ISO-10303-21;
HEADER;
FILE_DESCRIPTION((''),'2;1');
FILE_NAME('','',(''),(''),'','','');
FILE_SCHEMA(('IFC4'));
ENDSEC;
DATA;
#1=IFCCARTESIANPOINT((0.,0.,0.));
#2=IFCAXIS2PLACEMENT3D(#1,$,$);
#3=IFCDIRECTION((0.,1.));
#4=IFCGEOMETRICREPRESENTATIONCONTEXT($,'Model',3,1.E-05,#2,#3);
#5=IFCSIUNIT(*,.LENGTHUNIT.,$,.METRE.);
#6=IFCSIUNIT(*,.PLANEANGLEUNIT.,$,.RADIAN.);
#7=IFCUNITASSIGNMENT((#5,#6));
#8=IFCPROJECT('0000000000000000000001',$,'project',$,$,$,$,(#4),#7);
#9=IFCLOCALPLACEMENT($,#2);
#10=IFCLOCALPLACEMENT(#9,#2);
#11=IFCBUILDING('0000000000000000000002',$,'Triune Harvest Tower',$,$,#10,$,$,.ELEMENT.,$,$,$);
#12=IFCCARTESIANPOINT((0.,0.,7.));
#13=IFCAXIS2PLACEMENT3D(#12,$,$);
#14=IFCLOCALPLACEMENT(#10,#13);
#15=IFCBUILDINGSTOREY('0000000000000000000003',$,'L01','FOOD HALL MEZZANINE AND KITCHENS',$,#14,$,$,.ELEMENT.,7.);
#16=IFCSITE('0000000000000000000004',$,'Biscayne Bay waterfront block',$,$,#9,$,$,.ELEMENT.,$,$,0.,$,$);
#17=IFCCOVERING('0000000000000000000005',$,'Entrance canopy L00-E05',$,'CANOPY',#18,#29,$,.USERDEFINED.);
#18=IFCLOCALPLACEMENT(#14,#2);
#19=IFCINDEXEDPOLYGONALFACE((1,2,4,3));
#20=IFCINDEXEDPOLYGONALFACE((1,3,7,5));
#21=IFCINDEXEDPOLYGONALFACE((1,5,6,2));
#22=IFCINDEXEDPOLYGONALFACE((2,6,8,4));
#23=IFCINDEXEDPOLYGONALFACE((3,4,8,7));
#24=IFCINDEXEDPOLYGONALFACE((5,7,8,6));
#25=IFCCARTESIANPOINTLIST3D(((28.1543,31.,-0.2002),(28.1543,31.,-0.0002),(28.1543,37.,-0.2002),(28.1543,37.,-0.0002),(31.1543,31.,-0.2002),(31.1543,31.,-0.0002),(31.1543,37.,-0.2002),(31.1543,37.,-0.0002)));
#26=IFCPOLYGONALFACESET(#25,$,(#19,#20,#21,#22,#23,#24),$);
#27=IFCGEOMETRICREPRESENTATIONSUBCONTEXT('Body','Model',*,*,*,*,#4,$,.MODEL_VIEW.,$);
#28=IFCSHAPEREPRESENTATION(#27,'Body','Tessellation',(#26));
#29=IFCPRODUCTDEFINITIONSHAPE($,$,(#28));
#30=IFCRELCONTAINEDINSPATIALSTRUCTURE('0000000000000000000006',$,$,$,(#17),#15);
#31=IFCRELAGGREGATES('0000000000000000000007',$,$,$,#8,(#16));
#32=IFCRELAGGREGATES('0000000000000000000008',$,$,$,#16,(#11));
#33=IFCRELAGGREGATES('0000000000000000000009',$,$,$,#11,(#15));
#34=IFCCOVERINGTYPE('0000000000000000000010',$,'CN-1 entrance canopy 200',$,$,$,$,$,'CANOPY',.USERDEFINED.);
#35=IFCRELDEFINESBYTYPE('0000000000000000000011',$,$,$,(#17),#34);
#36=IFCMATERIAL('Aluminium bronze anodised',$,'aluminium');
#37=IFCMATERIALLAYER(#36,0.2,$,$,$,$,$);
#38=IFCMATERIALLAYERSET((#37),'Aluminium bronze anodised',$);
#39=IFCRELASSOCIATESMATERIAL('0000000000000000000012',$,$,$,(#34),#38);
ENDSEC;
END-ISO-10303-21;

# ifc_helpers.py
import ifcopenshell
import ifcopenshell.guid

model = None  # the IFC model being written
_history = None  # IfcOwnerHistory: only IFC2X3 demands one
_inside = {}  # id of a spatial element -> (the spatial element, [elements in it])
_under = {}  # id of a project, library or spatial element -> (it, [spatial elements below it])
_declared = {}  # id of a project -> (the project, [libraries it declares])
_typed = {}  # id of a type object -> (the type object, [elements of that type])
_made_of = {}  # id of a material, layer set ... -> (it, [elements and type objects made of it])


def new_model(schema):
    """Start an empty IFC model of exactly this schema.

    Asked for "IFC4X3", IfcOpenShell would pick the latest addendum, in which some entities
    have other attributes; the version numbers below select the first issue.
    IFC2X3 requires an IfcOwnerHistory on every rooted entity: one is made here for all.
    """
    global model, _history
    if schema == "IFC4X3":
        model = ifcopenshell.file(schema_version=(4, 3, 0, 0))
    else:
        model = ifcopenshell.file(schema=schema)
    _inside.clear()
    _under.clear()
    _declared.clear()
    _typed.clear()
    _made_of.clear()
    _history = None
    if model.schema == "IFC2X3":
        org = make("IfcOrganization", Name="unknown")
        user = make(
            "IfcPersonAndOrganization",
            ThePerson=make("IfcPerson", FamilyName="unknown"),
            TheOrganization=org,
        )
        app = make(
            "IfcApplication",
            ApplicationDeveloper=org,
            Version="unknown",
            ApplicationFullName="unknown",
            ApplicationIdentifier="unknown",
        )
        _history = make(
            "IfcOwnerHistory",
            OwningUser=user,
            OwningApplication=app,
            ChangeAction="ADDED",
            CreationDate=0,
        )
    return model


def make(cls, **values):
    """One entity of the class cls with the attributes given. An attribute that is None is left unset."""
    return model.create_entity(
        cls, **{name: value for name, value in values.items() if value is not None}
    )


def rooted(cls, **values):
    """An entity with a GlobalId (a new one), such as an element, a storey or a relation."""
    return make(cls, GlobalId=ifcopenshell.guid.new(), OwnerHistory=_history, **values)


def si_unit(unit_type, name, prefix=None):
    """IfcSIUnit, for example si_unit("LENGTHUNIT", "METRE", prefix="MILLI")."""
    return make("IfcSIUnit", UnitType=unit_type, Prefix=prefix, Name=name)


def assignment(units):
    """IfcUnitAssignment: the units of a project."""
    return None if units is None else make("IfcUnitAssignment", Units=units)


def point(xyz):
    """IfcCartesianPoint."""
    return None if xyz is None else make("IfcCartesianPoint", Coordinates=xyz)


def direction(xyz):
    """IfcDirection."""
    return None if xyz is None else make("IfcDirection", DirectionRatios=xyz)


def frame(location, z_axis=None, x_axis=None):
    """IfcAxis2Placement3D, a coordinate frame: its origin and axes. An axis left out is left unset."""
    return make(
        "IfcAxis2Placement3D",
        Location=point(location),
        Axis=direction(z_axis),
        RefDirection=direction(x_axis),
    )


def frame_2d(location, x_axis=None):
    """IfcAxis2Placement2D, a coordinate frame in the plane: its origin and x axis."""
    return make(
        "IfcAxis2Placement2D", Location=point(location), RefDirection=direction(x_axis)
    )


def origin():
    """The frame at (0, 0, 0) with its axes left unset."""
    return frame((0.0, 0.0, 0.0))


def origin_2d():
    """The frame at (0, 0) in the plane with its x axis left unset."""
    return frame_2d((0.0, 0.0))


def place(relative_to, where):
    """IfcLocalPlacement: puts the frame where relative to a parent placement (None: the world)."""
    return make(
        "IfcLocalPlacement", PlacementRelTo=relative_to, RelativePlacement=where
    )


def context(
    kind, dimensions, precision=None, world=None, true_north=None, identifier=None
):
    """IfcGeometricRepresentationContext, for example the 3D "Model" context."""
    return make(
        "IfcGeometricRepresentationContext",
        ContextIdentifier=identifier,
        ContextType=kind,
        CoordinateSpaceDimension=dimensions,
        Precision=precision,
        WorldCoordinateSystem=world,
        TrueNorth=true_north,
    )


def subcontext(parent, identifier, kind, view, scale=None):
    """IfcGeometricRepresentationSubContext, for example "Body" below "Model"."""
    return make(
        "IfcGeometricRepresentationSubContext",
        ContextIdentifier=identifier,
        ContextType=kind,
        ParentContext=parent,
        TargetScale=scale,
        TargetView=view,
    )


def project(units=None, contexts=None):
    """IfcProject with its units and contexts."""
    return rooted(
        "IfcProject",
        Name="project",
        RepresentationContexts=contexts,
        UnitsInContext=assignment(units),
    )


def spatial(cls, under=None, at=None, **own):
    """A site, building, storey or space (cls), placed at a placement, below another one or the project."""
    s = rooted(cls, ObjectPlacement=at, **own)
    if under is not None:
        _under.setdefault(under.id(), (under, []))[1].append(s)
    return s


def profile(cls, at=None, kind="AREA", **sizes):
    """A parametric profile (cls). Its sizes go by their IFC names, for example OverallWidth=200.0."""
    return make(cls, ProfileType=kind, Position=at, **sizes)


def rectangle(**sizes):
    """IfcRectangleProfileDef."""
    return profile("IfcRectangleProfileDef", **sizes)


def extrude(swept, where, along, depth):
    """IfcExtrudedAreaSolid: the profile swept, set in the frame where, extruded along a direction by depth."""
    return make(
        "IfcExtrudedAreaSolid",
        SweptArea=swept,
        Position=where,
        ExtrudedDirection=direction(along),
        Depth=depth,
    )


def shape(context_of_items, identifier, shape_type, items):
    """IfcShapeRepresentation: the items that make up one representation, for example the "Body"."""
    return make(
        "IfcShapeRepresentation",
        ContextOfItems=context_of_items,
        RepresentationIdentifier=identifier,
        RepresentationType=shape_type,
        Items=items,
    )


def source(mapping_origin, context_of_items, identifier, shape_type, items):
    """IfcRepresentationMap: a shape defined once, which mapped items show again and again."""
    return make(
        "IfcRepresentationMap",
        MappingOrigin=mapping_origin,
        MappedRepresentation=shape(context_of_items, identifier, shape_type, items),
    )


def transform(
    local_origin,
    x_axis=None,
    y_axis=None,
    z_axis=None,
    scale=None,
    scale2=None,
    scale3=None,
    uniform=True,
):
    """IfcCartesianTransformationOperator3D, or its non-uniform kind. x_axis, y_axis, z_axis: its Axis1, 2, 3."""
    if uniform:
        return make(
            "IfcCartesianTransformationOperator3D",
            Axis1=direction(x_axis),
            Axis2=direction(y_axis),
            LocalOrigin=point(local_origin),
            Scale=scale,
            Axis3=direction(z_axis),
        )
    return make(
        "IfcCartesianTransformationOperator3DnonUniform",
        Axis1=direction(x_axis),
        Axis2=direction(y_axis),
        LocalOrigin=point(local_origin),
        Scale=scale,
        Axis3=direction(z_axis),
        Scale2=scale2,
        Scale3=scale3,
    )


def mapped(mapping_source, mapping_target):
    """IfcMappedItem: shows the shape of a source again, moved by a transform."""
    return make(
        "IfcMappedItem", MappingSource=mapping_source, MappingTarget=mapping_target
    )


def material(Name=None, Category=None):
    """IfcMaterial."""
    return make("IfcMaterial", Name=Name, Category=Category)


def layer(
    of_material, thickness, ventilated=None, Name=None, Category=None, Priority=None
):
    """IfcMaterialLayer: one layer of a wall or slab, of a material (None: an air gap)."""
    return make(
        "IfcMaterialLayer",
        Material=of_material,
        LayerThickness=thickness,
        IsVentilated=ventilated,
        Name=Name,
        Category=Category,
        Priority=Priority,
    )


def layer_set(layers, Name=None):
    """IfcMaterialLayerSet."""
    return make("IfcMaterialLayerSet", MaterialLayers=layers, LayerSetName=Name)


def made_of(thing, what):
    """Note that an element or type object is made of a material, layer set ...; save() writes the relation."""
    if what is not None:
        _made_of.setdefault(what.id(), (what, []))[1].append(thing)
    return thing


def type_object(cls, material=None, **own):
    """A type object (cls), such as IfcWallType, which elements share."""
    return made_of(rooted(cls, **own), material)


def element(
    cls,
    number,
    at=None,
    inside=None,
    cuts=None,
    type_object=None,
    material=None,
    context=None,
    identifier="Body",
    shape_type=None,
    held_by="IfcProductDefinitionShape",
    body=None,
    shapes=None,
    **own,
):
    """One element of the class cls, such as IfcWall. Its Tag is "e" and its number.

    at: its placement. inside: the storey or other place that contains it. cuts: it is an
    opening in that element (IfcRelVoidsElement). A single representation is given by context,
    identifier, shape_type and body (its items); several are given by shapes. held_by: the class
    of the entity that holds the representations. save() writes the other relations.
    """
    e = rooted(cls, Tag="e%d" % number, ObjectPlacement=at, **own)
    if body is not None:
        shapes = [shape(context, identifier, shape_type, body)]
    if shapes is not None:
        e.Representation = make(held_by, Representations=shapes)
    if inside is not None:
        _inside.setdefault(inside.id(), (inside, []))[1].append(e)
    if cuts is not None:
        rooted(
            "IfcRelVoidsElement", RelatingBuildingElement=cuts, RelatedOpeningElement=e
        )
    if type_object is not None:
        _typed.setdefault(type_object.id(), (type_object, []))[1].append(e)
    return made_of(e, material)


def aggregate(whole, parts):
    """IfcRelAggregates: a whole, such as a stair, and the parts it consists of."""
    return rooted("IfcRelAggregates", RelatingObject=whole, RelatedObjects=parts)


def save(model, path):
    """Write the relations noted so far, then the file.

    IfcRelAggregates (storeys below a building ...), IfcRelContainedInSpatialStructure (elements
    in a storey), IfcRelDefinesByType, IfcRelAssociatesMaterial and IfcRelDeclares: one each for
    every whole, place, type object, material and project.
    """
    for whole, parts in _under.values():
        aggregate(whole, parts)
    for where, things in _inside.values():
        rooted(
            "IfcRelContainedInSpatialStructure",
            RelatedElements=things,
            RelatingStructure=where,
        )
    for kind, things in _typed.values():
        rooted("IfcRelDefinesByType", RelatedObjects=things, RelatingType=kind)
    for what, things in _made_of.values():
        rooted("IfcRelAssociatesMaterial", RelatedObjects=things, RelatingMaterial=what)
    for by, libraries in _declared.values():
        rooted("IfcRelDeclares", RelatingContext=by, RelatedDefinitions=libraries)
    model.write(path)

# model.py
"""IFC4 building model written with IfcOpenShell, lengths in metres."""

from ifc_helpers import new_model, si_unit, direction, frame, origin, origin_2d, place, context, subcontext, project, spatial, rectangle, extrude, source, transform, mapped, material, layer, layer_set, type_object, element, save


model = new_model("IFC4")

# Units and contexts
model_context = context("Model", 3, precision=1e-05, world=origin(), true_north=direction((0.0, 1.0)))
body_context = subcontext(model_context, "Body", "Model", "MODEL_VIEW")
ifc_project = project(units=[si_unit("LENGTHUNIT", "METRE"), si_unit("PLANEANGLEUNIT", "RADIAN")], contexts=[model_context])

# Site, building, storey
site_placement = place(None, origin())
site = spatial("IfcSite", under=ifc_project, at=site_placement, Name="Biscayne Bay waterfront block", CompositionType="ELEMENT", RefElevation=0.0)
building_placement = place(site_placement, origin())
building = spatial("IfcBuilding", under=site, at=building_placement, Name="Triune Harvest Tower", CompositionType="ELEMENT")
storey_placement = place(building_placement, frame((0.0, 0.0, 7.0)))
storey = spatial("IfcBuildingStorey", under=building, at=storey_placement, Name="L01", Description="FOOD HALL MEZZANINE AND KITCHENS", CompositionType="ELEMENT", Elevation=7.0)

# Covering
ifc_material_1 = material(Name="Aluminium bronze anodised", Category="aluminium")
ifc_layer_1 = layer(ifc_material_1, 0.2)
ifc_layer_set_1 = layer_set([ifc_layer_1], Name="Aluminium bronze anodised")
covering_type = type_object("IfcCoveringType", Name="CN-1 entrance canopy 200", ElementType="CANOPY", PredefinedType="USERDEFINED", material=ifc_layer_set_1)
shared_shape_1 = source(origin(), body_context, "Body", "SweptSolid", [
    extrude(rectangle(XDim=3.0, YDim=6.0, at=origin_2d()), origin(), (0.0, 0.0, 1.0), 0.2),
])
covering_placement = place(storey_placement, frame((29.6543, 34.0, -0.2002), z_axis=(0.0, 0.0, 1.0), x_axis=(1.0, 0.0, 0.0)))
element("IfcCovering", 1, at=covering_placement, inside=storey, type_object=covering_type, Name="Entrance canopy L00-E05", ObjectType="CANOPY", PredefinedType="USERDEFINED", context=body_context, shape_type="MappedRepresentation", body=[
    mapped(shared_shape_1, transform((0.0, 0.0, 0.0), scale=1.0)),
])

save(model, "model.ifc")
